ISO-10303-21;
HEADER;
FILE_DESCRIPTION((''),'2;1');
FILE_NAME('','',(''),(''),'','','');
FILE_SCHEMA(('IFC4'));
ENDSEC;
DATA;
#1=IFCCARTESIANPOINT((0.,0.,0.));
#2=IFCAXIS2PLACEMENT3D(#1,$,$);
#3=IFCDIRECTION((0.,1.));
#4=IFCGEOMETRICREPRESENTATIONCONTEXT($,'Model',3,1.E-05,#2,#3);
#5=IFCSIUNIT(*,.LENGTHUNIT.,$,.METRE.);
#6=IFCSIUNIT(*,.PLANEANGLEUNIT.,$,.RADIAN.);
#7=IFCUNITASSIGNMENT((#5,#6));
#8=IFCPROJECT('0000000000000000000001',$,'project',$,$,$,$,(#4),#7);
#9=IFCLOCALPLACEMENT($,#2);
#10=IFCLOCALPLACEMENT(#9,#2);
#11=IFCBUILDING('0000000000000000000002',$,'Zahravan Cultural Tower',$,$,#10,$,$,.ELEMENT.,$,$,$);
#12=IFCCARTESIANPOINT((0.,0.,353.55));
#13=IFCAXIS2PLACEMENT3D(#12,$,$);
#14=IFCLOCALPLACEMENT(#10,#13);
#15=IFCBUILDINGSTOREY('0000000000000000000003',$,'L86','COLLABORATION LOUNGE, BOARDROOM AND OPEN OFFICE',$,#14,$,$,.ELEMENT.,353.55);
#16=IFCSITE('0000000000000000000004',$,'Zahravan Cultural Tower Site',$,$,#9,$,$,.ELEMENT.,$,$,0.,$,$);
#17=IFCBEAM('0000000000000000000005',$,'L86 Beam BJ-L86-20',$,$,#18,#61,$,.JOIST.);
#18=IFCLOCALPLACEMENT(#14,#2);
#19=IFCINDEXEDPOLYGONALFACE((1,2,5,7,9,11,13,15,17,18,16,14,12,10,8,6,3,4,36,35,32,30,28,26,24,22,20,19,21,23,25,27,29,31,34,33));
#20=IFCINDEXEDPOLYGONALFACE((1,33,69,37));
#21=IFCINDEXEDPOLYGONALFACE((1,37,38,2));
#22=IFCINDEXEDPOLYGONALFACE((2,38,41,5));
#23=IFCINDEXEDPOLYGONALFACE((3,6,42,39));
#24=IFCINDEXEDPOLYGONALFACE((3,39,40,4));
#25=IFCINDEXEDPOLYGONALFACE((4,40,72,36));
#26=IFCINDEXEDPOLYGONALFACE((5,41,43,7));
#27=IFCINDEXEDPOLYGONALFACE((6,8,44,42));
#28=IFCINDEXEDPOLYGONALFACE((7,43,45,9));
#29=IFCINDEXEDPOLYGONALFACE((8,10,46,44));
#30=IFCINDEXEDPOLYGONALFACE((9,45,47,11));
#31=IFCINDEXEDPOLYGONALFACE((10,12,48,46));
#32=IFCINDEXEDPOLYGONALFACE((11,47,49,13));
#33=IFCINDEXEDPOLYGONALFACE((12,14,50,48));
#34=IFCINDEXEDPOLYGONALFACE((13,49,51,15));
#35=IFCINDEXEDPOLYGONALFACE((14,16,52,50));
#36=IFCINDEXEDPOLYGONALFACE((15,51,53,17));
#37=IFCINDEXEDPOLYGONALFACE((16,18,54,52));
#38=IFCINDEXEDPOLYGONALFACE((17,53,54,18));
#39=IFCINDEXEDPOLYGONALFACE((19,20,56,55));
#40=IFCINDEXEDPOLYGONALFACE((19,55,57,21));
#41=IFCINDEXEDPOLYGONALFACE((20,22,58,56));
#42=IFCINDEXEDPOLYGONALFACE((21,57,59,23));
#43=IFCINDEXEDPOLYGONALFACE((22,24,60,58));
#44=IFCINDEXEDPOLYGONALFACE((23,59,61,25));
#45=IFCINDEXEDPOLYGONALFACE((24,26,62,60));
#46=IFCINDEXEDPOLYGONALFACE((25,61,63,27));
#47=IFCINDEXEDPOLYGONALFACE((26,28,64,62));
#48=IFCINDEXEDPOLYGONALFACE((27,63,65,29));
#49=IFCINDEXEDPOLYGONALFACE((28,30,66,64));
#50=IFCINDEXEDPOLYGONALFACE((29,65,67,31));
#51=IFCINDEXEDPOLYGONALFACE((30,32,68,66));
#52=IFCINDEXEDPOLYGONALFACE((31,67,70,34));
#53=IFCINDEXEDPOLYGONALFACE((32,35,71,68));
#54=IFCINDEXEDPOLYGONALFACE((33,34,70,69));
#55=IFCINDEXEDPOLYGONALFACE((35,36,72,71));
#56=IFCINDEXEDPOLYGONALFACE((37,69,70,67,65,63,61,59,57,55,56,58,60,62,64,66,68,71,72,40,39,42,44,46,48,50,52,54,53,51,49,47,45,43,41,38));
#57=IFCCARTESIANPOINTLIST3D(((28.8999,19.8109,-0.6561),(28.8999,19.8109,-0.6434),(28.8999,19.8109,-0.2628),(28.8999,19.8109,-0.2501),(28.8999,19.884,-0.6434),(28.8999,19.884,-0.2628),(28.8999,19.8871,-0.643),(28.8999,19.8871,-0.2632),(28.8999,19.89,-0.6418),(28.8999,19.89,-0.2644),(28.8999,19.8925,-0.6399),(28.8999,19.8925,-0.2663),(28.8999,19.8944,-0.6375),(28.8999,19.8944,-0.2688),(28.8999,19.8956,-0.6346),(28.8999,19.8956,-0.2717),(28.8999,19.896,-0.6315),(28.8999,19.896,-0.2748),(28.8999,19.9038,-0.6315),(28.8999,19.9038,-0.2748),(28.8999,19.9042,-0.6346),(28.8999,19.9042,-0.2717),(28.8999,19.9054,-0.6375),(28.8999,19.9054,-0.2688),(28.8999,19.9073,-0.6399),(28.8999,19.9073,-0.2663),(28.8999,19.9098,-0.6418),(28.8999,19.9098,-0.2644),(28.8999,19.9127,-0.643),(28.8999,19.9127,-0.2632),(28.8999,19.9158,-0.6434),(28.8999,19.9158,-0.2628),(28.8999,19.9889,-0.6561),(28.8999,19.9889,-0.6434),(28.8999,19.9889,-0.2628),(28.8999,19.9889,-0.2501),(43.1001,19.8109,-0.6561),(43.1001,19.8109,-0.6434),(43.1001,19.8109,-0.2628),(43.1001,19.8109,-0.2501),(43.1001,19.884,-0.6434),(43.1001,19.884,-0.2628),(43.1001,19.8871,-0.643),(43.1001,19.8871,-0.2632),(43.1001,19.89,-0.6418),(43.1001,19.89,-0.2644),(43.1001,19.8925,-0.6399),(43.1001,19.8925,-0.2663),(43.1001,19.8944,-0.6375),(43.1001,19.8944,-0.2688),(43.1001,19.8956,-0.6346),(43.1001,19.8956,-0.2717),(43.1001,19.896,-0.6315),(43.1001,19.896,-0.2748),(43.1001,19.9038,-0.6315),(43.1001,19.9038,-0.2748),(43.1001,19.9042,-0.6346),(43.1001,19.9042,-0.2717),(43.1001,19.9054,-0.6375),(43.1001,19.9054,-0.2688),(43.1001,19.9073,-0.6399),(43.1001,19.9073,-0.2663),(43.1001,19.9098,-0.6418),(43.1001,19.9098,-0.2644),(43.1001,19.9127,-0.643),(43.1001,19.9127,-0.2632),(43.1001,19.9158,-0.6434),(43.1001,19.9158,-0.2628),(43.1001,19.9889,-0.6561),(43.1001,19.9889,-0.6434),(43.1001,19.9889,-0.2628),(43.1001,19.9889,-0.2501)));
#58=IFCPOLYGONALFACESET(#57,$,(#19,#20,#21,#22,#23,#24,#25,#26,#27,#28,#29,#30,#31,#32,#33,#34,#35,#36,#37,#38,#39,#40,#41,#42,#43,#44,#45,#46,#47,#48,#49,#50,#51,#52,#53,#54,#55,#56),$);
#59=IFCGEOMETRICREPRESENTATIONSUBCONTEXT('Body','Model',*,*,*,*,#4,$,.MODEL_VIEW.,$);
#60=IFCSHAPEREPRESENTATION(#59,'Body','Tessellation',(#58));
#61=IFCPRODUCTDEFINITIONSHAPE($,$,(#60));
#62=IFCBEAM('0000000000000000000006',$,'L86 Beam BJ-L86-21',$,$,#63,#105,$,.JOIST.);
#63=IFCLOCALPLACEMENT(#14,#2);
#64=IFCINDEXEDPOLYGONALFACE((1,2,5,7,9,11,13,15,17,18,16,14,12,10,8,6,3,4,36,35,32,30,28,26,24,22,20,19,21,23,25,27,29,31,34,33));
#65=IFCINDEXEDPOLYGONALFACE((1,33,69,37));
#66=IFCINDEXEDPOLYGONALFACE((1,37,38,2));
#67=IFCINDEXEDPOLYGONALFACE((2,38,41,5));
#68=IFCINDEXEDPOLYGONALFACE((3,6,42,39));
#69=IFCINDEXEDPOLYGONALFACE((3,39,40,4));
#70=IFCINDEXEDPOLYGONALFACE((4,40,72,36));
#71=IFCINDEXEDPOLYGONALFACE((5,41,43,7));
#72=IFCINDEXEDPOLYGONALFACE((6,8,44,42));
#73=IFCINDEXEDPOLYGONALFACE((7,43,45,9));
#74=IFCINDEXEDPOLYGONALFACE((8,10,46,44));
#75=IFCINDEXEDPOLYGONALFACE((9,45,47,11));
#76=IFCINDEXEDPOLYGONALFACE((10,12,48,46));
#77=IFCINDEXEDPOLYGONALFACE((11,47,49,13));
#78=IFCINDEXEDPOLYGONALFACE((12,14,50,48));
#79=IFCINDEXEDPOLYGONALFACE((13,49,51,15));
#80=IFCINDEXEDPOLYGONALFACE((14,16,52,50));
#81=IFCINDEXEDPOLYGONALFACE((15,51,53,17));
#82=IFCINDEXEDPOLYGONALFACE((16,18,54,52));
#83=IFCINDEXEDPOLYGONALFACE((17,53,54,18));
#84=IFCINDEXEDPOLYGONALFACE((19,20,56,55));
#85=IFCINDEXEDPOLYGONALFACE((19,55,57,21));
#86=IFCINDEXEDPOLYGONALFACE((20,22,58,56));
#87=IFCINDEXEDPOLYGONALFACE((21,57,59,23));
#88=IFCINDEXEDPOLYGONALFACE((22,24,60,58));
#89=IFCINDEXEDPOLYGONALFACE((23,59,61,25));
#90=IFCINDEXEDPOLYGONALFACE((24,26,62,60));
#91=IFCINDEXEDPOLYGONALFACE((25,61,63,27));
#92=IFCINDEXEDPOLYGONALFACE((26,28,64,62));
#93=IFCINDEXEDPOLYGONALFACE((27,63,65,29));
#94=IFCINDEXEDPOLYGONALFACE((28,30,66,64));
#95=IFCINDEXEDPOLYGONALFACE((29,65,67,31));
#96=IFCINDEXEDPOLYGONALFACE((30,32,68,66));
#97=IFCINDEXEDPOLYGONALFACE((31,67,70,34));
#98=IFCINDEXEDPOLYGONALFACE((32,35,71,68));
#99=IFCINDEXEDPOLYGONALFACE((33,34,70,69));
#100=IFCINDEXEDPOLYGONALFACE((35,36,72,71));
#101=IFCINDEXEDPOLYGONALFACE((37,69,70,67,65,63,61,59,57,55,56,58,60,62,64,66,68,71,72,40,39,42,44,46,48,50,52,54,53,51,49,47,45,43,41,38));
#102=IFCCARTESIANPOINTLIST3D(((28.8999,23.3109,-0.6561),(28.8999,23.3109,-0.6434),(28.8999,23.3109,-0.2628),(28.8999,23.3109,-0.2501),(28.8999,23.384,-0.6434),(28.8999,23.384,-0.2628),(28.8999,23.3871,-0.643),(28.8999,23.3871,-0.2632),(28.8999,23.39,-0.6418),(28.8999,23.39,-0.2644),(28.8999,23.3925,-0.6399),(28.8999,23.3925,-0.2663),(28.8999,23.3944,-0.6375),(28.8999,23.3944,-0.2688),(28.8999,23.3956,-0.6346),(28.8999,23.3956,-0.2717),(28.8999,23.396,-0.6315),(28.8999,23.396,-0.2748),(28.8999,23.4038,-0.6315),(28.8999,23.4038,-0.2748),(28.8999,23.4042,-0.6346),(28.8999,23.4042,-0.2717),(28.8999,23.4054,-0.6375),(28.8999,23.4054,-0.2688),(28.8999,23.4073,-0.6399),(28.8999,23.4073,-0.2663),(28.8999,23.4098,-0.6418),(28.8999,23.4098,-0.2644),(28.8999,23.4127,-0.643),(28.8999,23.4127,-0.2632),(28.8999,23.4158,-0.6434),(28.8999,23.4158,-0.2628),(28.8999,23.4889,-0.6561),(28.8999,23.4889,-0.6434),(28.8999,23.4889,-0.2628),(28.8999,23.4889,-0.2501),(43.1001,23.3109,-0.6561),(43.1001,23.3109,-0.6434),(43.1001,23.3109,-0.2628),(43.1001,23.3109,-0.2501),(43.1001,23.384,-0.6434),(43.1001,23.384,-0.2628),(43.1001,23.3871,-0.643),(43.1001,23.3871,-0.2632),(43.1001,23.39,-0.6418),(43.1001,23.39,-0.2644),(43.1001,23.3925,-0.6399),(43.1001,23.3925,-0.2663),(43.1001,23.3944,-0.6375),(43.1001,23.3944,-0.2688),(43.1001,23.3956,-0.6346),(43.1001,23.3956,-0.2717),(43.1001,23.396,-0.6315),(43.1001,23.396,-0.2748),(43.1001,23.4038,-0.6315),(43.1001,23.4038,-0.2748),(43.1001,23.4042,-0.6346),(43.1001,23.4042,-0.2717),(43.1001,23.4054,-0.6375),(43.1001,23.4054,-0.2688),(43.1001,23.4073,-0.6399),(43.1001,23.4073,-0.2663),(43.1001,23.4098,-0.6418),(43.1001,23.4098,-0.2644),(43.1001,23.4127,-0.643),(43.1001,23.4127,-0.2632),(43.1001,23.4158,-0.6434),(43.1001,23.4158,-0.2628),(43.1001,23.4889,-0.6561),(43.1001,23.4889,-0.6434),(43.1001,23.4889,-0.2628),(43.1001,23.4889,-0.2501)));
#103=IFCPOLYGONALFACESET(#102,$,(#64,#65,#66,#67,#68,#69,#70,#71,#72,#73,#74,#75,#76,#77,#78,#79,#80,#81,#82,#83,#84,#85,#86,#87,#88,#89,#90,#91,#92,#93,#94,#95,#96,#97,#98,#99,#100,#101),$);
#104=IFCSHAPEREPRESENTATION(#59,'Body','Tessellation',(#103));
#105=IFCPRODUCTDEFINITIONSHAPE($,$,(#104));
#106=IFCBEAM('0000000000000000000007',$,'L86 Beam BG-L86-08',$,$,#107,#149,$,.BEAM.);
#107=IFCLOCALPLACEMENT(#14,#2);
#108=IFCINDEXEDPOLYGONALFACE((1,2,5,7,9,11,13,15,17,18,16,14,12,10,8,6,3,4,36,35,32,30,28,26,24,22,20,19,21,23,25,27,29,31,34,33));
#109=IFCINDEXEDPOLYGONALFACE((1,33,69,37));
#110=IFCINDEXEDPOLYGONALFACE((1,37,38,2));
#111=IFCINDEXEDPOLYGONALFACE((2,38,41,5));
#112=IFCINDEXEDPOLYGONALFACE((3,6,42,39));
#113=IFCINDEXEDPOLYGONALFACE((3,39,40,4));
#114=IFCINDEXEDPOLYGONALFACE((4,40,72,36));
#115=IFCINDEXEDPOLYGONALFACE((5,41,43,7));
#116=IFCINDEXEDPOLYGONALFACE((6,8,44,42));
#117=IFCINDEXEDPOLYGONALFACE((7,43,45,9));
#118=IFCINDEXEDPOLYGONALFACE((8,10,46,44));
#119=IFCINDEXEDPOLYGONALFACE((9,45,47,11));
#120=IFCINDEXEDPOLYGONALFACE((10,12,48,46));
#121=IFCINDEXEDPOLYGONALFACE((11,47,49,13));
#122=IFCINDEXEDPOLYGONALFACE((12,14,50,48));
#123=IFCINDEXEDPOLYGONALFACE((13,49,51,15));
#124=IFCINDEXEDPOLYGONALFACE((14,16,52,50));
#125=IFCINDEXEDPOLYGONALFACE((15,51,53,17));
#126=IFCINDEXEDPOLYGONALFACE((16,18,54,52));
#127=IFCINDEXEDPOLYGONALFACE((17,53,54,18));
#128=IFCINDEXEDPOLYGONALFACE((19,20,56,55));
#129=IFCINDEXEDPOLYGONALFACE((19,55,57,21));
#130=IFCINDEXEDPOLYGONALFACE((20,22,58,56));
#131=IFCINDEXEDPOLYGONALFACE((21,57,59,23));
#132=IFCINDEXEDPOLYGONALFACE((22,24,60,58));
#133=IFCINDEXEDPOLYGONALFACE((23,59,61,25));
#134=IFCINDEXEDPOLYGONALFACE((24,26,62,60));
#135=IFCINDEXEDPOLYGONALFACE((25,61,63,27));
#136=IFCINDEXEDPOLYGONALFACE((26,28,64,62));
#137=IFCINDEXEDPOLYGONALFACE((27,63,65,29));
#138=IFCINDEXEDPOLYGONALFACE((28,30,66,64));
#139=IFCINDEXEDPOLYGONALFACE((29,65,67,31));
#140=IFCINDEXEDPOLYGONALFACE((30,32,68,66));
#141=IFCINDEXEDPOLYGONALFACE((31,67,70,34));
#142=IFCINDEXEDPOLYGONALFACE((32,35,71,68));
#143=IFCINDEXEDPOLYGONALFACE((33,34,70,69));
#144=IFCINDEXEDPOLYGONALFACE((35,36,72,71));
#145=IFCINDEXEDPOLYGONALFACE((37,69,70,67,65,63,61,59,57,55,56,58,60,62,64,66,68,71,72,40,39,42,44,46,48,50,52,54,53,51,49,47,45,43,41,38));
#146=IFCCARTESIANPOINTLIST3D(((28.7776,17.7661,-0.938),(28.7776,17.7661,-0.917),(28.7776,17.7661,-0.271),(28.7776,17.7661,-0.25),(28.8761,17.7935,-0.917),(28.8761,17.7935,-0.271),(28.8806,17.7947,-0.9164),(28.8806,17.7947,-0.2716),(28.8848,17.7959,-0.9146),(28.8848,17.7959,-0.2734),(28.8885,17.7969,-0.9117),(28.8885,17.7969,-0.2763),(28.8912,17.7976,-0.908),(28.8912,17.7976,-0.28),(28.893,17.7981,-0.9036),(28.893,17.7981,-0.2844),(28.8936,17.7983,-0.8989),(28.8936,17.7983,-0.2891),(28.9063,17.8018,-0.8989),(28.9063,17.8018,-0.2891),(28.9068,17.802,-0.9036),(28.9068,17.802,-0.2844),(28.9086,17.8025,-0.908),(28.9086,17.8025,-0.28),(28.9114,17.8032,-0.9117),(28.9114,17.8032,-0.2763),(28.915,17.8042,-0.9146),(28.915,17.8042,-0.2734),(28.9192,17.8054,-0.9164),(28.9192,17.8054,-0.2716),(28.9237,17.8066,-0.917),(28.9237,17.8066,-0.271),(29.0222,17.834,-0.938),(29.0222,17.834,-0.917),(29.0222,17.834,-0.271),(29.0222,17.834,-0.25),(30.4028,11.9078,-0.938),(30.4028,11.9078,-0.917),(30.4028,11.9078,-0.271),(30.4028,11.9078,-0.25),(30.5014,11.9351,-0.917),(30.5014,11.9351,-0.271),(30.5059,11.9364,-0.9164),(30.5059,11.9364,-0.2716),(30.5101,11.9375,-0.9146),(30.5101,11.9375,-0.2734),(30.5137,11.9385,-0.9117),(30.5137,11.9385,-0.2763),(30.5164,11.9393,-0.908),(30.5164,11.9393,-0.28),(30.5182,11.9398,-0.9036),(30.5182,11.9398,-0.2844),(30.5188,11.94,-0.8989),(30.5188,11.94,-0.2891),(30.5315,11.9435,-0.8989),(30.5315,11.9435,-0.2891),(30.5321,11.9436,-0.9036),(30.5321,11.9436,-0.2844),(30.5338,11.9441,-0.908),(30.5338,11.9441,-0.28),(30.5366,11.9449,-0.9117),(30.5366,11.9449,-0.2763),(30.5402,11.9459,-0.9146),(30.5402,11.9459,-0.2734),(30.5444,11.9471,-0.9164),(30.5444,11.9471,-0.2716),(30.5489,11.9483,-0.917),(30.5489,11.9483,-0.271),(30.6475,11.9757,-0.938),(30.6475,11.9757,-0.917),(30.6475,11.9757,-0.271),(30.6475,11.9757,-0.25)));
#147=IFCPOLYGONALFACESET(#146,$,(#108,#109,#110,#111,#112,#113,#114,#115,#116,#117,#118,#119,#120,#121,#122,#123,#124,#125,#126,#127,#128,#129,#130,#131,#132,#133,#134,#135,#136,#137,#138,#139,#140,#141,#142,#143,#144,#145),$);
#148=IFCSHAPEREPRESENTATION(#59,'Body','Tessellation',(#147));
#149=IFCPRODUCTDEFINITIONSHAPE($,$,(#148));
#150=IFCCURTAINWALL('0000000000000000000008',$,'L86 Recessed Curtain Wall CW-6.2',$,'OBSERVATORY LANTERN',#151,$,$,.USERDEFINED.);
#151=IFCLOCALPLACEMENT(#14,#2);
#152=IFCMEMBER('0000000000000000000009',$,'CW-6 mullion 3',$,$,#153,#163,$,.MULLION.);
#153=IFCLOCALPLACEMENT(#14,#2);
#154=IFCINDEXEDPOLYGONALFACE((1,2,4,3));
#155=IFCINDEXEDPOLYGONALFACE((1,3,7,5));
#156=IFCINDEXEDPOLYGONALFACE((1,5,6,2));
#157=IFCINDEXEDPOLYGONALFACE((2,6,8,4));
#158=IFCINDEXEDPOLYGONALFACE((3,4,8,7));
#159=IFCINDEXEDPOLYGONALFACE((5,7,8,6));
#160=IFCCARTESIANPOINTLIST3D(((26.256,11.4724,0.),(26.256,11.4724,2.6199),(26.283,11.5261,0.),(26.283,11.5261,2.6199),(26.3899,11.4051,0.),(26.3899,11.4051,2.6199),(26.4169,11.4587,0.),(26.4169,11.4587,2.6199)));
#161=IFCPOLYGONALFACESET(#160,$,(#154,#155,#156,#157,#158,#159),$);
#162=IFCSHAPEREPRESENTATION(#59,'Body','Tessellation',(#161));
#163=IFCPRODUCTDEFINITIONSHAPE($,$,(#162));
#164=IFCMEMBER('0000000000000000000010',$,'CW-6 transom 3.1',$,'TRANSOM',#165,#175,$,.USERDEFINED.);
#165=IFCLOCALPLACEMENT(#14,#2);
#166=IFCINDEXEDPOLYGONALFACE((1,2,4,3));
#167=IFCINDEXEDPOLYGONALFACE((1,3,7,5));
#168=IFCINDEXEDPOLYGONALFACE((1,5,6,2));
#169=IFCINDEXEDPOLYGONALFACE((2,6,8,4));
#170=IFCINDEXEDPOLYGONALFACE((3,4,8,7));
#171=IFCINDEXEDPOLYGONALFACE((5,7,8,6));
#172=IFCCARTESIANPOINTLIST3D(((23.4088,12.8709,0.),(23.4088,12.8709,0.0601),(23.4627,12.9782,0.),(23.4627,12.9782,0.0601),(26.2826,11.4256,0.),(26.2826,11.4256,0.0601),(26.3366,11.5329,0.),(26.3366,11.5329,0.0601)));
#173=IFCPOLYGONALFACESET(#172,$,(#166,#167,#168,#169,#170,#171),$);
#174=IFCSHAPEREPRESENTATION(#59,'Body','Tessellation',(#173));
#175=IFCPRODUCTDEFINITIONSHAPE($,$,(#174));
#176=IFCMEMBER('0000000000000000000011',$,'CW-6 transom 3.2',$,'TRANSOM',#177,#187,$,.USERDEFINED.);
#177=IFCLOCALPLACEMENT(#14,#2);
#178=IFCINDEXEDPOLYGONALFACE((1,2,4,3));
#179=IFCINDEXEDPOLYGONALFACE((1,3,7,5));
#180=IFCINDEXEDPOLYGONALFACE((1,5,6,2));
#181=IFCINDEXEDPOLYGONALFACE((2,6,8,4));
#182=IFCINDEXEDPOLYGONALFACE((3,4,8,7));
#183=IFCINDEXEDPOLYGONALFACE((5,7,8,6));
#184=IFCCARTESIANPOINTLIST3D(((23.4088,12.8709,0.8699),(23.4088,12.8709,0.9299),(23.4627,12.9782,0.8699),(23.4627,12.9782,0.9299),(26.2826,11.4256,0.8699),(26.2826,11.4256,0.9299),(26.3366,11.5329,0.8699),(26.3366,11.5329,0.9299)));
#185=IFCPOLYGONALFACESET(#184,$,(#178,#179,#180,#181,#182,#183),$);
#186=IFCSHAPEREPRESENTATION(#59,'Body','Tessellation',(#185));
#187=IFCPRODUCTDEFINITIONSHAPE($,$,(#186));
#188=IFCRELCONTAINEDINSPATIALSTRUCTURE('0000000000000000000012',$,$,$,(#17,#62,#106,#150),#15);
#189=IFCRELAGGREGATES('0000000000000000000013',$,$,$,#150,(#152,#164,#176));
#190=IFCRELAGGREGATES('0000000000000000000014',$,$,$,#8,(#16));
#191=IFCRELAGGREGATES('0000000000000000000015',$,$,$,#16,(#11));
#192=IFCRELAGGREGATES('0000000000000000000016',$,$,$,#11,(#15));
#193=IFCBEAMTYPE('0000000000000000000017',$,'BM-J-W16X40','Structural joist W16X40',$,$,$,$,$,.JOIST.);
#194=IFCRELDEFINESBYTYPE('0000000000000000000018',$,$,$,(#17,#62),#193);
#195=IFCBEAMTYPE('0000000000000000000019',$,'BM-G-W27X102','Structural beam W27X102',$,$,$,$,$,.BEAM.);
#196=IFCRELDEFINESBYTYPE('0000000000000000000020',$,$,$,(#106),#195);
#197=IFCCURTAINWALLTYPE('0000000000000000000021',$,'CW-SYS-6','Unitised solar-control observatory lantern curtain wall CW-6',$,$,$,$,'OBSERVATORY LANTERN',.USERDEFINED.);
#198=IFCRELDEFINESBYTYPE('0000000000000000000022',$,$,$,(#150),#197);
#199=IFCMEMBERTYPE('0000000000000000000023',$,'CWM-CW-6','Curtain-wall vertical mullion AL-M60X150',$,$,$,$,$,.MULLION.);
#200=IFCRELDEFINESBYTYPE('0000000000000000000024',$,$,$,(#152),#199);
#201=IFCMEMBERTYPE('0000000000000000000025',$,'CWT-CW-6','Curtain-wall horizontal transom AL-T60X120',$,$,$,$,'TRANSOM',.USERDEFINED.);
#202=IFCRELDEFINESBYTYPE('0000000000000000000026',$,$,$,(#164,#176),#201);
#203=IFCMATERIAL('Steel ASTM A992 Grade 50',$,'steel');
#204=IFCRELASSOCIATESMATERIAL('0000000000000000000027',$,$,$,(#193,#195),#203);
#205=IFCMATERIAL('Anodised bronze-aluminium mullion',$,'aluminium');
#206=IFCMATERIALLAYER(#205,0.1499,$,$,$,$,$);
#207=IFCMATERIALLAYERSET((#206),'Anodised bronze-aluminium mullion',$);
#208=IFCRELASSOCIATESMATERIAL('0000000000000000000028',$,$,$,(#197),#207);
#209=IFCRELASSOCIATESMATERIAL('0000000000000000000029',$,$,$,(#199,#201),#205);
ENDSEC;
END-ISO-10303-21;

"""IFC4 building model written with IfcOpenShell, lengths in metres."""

from ifc_helpers import new_model, si_unit, direction, frame, origin, origin_2d, place, context, subcontext, project, spatial, rectangle, i_section, extrude, source, transform, mapped, material, layer, layer_set, material_profile, profile_set, type_object, element, aggregate, save


model = new_model("IFC4")

# Units and contexts
model_context = context("Model", 3, precision=1e-05, world=origin(), true_north=direction((0.0, 1.0)))
body_context = subcontext(model_context, "Body", "Model", "MODEL_VIEW")
ifc_project = project(units=[si_unit("LENGTHUNIT", "METRE"), si_unit("PLANEANGLEUNIT", "RADIAN")], contexts=[model_context])

# Site, building, storey
site_placement = place(None, origin())
site = spatial("IfcSite", under=ifc_project, at=site_placement, Name="Zahravan Cultural Tower Site", CompositionType="ELEMENT", RefElevation=0.0)
building_placement = place(site_placement, origin())
building = spatial("IfcBuilding", under=site, at=building_placement, Name="Zahravan Cultural Tower", CompositionType="ELEMENT")
storey_placement = place(building_placement, frame((0.0, 0.0, 353.55)))
storey = spatial("IfcBuildingStorey", under=building, at=storey_placement, Name="L86", Description="COLLABORATION LOUNGE, BOARDROOM AND OPEN OFFICE", CompositionType="ELEMENT", Elevation=353.55)

# Shared definitions
ifc_material_1 = material(Name="Steel ASTM A992 Grade 50", Category="steel")

# Beams
ifc_material_profile_1 = material_profile(ifc_material_1, i_section(OverallWidth=0.178, OverallDepth=0.406, WebThickness=0.0078, FlangeThickness=0.0127, FilletRadius=0.012, at=origin_2d()), Name="W16X40")
ifc_profile_set_1 = profile_set([ifc_material_profile_1], Name="Steel ASTM A992 Grade 50")
beam_type_1 = type_object("IfcBeamType", Name="BM-J-W16X40", Description="Structural joist W16X40", PredefinedType="JOIST", material=ifc_profile_set_1)
shared_shape_1 = source(origin(), body_context, "Body", "SweptSolid", [
    extrude(i_section(OverallWidth=0.178, OverallDepth=0.406, WebThickness=0.0078, FlangeThickness=0.0127, FilletRadius=0.012, at=origin_2d()), origin(), (0.0, 0.0, 1.0), 14.2002),
])
for number, where, z_axis, x_axis, name in (
    (1, (28.8999, 19.8999, -0.4531), (1.0, 0.0, 0.0), (0.0, 1.0, 0.0), "L86 Beam BJ-L86-20"),
    (2, (28.8999, 23.3999, -0.4531), (1.0, 0.0, 0.0), (0.0, 1.0, 0.0), "L86 Beam BJ-L86-21"),
):
    element("IfcBeam", number, at=place(storey_placement, frame(where, z_axis=z_axis, x_axis=x_axis)), inside=storey, type_object=beam_type_1, Name=name, PredefinedType="JOIST", context=body_context, shape_type="MappedRepresentation", body=[
        mapped(shared_shape_1, transform((0.0, 0.0, 0.0), x_axis=(1.0, 0.0, 0.0), y_axis=(0.0, 1.0, 0.0), z_axis=(0.0, 0.0, 1.0), scale=1.0)),
    ])
ifc_material_profile_2 = material_profile(ifc_material_1, i_section(OverallWidth=0.2539, OverallDepth=0.688, WebThickness=0.0132, FlangeThickness=0.021, FilletRadius=0.0181, at=origin_2d()), Name="W27X102")
ifc_profile_set_2 = profile_set([ifc_material_profile_2], Name="Steel ASTM A992 Grade 50")
beam_type_2 = type_object("IfcBeamType", Name="BM-G-W27X102", Description="Structural beam W27X102", PredefinedType="BEAM", material=ifc_profile_set_2)
shared_shape_2 = source(origin(), body_context, "Body", "SweptSolid", [
    extrude(i_section(OverallWidth=0.2539, OverallDepth=0.688, WebThickness=0.0132, FlangeThickness=0.021, FilletRadius=0.0181, at=origin_2d()), origin(), (0.0, 0.0, 1.0), 6.0796),
])
beam_1_placement = place(storey_placement, frame((28.8999, 17.8, -0.594), z_axis=(0.267325, -0.963606, 0.0), x_axis=(0.963606, 0.267325, 0.0)))
element("IfcBeam", 3, at=beam_1_placement, inside=storey, type_object=beam_type_2, Name="L86 Beam BG-L86-08", PredefinedType="BEAM", context=body_context, shape_type="MappedRepresentation", body=[
    mapped(shared_shape_2, transform((0.0, 0.0, 0.0), x_axis=(1.0, 0.0, 0.0), y_axis=(0.0, 1.0, 0.0), z_axis=(0.0, 0.0, 1.0), scale=1.0)),
])

# Curtain wall, members
ifc_material_2 = material(Name="Anodised bronze-aluminium mullion", Category="aluminium")
ifc_layer_1 = layer(ifc_material_2, 0.1499)
ifc_layer_set_1 = layer_set([ifc_layer_1], Name="Anodised bronze-aluminium mullion")
curtain_wall_type = type_object("IfcCurtainWallType", Name="CW-SYS-6", Description="Unitised solar-control observatory lantern curtain wall CW-6", ElementType="OBSERVATORY LANTERN", PredefinedType="USERDEFINED", material=ifc_layer_set_1)
curtain_wall_placement = place(storey_placement, origin())
curtain_wall = element("IfcCurtainWall", 4, at=curtain_wall_placement, inside=storey, type_object=curtain_wall_type, Name="L86 Recessed Curtain Wall CW-6.2", ObjectType="OBSERVATORY LANTERN", PredefinedType="USERDEFINED")
ifc_material_profile_3 = material_profile(ifc_material_2, rectangle(XDim=0.0601, YDim=0.1499, at=origin_2d()), Name="AL-M60X150")
ifc_profile_set_3 = profile_set([ifc_material_profile_3], Name="Anodised bronze-aluminium mullion")
member_type_1 = type_object("IfcMemberType", Name="CWM-CW-6", Description="Curtain-wall vertical mullion AL-M60X150", PredefinedType="MULLION", material=ifc_profile_set_3)
shared_shape_3 = source(origin(), body_context, "Body", "SweptSolid", [
    extrude(rectangle(XDim=0.0601, YDim=0.1499, at=origin_2d()), origin(), (0.0, 0.0, 1.0), 2.6199),
])
member_1_placement = place(storey_placement, frame((26.3364, 11.4656, 0.0), z_axis=(0.0, 0.0, 1.0), x_axis=(-0.449317, -0.893372, 0.0)))
member_1 = element("IfcMember", 5, at=member_1_placement, type_object=member_type_1, Name="CW-6 mullion 3", PredefinedType="MULLION", context=body_context, shape_type="MappedRepresentation", body=[
    mapped(shared_shape_3, transform((0.0, 0.0, 0.0), x_axis=(1.0, 0.0, 0.0), y_axis=(0.0, 1.0, 0.0), z_axis=(0.0, 0.0, 1.0), scale=1.0)),
])
ifc_material_profile_4 = material_profile(ifc_material_2, rectangle(XDim=0.1201, YDim=0.0601, at=origin_2d()), Name="AL-T60X120")
ifc_profile_set_4 = profile_set([ifc_material_profile_4], Name="Anodised bronze-aluminium mullion")
member_type_2 = type_object("IfcMemberType", Name="CWT-CW-6", Description="Curtain-wall horizontal transom AL-T60X120", ElementType="TRANSOM", PredefinedType="USERDEFINED", material=ifc_profile_set_4)
shared_shape_4 = source(origin(), body_context, "Body", "SweptSolid", [
    extrude(rectangle(XDim=0.1201, YDim=0.0601, at=origin_2d()), origin(), (0.0, 0.0, 1.0), 3.2168),
])
member_2_placement = place(storey_placement, frame((26.3096, 11.4792, 0.03), z_axis=(-0.893377, 0.449307, 0.0), x_axis=(-0.449307, -0.893377, 0.0)))
member_2 = element("IfcMember", 6, at=member_2_placement, type_object=member_type_2, Name="CW-6 transom 3.1", ObjectType="TRANSOM", PredefinedType="USERDEFINED", context=body_context, shape_type="MappedRepresentation", body=[
    mapped(shared_shape_4, transform((0.0, 0.0, 0.0), x_axis=(1.0, 0.0, 0.0), y_axis=(0.0, 1.0, 0.0), z_axis=(0.0, 0.0, 1.0), scale=1.0)),
])
member_3_placement = place(storey_placement, frame((26.3096, 11.4792, 0.8999), z_axis=(-0.893377, 0.449307, 0.0), x_axis=(-0.449307, -0.893377, 0.0)))
member_3 = element("IfcMember", 7, at=member_3_placement, type_object=member_type_2, Name="CW-6 transom 3.2", ObjectType="TRANSOM", PredefinedType="USERDEFINED", context=body_context, shape_type="MappedRepresentation", body=[
    mapped(shared_shape_4, transform((0.0, 0.0, 0.0), x_axis=(1.0, 0.0, 0.0), y_axis=(0.0, 1.0, 0.0), z_axis=(0.0, 0.0, 1.0), scale=1.0)),
])
aggregate(curtain_wall, [member_1, member_2, member_3])

save(model, "model.ifc")
